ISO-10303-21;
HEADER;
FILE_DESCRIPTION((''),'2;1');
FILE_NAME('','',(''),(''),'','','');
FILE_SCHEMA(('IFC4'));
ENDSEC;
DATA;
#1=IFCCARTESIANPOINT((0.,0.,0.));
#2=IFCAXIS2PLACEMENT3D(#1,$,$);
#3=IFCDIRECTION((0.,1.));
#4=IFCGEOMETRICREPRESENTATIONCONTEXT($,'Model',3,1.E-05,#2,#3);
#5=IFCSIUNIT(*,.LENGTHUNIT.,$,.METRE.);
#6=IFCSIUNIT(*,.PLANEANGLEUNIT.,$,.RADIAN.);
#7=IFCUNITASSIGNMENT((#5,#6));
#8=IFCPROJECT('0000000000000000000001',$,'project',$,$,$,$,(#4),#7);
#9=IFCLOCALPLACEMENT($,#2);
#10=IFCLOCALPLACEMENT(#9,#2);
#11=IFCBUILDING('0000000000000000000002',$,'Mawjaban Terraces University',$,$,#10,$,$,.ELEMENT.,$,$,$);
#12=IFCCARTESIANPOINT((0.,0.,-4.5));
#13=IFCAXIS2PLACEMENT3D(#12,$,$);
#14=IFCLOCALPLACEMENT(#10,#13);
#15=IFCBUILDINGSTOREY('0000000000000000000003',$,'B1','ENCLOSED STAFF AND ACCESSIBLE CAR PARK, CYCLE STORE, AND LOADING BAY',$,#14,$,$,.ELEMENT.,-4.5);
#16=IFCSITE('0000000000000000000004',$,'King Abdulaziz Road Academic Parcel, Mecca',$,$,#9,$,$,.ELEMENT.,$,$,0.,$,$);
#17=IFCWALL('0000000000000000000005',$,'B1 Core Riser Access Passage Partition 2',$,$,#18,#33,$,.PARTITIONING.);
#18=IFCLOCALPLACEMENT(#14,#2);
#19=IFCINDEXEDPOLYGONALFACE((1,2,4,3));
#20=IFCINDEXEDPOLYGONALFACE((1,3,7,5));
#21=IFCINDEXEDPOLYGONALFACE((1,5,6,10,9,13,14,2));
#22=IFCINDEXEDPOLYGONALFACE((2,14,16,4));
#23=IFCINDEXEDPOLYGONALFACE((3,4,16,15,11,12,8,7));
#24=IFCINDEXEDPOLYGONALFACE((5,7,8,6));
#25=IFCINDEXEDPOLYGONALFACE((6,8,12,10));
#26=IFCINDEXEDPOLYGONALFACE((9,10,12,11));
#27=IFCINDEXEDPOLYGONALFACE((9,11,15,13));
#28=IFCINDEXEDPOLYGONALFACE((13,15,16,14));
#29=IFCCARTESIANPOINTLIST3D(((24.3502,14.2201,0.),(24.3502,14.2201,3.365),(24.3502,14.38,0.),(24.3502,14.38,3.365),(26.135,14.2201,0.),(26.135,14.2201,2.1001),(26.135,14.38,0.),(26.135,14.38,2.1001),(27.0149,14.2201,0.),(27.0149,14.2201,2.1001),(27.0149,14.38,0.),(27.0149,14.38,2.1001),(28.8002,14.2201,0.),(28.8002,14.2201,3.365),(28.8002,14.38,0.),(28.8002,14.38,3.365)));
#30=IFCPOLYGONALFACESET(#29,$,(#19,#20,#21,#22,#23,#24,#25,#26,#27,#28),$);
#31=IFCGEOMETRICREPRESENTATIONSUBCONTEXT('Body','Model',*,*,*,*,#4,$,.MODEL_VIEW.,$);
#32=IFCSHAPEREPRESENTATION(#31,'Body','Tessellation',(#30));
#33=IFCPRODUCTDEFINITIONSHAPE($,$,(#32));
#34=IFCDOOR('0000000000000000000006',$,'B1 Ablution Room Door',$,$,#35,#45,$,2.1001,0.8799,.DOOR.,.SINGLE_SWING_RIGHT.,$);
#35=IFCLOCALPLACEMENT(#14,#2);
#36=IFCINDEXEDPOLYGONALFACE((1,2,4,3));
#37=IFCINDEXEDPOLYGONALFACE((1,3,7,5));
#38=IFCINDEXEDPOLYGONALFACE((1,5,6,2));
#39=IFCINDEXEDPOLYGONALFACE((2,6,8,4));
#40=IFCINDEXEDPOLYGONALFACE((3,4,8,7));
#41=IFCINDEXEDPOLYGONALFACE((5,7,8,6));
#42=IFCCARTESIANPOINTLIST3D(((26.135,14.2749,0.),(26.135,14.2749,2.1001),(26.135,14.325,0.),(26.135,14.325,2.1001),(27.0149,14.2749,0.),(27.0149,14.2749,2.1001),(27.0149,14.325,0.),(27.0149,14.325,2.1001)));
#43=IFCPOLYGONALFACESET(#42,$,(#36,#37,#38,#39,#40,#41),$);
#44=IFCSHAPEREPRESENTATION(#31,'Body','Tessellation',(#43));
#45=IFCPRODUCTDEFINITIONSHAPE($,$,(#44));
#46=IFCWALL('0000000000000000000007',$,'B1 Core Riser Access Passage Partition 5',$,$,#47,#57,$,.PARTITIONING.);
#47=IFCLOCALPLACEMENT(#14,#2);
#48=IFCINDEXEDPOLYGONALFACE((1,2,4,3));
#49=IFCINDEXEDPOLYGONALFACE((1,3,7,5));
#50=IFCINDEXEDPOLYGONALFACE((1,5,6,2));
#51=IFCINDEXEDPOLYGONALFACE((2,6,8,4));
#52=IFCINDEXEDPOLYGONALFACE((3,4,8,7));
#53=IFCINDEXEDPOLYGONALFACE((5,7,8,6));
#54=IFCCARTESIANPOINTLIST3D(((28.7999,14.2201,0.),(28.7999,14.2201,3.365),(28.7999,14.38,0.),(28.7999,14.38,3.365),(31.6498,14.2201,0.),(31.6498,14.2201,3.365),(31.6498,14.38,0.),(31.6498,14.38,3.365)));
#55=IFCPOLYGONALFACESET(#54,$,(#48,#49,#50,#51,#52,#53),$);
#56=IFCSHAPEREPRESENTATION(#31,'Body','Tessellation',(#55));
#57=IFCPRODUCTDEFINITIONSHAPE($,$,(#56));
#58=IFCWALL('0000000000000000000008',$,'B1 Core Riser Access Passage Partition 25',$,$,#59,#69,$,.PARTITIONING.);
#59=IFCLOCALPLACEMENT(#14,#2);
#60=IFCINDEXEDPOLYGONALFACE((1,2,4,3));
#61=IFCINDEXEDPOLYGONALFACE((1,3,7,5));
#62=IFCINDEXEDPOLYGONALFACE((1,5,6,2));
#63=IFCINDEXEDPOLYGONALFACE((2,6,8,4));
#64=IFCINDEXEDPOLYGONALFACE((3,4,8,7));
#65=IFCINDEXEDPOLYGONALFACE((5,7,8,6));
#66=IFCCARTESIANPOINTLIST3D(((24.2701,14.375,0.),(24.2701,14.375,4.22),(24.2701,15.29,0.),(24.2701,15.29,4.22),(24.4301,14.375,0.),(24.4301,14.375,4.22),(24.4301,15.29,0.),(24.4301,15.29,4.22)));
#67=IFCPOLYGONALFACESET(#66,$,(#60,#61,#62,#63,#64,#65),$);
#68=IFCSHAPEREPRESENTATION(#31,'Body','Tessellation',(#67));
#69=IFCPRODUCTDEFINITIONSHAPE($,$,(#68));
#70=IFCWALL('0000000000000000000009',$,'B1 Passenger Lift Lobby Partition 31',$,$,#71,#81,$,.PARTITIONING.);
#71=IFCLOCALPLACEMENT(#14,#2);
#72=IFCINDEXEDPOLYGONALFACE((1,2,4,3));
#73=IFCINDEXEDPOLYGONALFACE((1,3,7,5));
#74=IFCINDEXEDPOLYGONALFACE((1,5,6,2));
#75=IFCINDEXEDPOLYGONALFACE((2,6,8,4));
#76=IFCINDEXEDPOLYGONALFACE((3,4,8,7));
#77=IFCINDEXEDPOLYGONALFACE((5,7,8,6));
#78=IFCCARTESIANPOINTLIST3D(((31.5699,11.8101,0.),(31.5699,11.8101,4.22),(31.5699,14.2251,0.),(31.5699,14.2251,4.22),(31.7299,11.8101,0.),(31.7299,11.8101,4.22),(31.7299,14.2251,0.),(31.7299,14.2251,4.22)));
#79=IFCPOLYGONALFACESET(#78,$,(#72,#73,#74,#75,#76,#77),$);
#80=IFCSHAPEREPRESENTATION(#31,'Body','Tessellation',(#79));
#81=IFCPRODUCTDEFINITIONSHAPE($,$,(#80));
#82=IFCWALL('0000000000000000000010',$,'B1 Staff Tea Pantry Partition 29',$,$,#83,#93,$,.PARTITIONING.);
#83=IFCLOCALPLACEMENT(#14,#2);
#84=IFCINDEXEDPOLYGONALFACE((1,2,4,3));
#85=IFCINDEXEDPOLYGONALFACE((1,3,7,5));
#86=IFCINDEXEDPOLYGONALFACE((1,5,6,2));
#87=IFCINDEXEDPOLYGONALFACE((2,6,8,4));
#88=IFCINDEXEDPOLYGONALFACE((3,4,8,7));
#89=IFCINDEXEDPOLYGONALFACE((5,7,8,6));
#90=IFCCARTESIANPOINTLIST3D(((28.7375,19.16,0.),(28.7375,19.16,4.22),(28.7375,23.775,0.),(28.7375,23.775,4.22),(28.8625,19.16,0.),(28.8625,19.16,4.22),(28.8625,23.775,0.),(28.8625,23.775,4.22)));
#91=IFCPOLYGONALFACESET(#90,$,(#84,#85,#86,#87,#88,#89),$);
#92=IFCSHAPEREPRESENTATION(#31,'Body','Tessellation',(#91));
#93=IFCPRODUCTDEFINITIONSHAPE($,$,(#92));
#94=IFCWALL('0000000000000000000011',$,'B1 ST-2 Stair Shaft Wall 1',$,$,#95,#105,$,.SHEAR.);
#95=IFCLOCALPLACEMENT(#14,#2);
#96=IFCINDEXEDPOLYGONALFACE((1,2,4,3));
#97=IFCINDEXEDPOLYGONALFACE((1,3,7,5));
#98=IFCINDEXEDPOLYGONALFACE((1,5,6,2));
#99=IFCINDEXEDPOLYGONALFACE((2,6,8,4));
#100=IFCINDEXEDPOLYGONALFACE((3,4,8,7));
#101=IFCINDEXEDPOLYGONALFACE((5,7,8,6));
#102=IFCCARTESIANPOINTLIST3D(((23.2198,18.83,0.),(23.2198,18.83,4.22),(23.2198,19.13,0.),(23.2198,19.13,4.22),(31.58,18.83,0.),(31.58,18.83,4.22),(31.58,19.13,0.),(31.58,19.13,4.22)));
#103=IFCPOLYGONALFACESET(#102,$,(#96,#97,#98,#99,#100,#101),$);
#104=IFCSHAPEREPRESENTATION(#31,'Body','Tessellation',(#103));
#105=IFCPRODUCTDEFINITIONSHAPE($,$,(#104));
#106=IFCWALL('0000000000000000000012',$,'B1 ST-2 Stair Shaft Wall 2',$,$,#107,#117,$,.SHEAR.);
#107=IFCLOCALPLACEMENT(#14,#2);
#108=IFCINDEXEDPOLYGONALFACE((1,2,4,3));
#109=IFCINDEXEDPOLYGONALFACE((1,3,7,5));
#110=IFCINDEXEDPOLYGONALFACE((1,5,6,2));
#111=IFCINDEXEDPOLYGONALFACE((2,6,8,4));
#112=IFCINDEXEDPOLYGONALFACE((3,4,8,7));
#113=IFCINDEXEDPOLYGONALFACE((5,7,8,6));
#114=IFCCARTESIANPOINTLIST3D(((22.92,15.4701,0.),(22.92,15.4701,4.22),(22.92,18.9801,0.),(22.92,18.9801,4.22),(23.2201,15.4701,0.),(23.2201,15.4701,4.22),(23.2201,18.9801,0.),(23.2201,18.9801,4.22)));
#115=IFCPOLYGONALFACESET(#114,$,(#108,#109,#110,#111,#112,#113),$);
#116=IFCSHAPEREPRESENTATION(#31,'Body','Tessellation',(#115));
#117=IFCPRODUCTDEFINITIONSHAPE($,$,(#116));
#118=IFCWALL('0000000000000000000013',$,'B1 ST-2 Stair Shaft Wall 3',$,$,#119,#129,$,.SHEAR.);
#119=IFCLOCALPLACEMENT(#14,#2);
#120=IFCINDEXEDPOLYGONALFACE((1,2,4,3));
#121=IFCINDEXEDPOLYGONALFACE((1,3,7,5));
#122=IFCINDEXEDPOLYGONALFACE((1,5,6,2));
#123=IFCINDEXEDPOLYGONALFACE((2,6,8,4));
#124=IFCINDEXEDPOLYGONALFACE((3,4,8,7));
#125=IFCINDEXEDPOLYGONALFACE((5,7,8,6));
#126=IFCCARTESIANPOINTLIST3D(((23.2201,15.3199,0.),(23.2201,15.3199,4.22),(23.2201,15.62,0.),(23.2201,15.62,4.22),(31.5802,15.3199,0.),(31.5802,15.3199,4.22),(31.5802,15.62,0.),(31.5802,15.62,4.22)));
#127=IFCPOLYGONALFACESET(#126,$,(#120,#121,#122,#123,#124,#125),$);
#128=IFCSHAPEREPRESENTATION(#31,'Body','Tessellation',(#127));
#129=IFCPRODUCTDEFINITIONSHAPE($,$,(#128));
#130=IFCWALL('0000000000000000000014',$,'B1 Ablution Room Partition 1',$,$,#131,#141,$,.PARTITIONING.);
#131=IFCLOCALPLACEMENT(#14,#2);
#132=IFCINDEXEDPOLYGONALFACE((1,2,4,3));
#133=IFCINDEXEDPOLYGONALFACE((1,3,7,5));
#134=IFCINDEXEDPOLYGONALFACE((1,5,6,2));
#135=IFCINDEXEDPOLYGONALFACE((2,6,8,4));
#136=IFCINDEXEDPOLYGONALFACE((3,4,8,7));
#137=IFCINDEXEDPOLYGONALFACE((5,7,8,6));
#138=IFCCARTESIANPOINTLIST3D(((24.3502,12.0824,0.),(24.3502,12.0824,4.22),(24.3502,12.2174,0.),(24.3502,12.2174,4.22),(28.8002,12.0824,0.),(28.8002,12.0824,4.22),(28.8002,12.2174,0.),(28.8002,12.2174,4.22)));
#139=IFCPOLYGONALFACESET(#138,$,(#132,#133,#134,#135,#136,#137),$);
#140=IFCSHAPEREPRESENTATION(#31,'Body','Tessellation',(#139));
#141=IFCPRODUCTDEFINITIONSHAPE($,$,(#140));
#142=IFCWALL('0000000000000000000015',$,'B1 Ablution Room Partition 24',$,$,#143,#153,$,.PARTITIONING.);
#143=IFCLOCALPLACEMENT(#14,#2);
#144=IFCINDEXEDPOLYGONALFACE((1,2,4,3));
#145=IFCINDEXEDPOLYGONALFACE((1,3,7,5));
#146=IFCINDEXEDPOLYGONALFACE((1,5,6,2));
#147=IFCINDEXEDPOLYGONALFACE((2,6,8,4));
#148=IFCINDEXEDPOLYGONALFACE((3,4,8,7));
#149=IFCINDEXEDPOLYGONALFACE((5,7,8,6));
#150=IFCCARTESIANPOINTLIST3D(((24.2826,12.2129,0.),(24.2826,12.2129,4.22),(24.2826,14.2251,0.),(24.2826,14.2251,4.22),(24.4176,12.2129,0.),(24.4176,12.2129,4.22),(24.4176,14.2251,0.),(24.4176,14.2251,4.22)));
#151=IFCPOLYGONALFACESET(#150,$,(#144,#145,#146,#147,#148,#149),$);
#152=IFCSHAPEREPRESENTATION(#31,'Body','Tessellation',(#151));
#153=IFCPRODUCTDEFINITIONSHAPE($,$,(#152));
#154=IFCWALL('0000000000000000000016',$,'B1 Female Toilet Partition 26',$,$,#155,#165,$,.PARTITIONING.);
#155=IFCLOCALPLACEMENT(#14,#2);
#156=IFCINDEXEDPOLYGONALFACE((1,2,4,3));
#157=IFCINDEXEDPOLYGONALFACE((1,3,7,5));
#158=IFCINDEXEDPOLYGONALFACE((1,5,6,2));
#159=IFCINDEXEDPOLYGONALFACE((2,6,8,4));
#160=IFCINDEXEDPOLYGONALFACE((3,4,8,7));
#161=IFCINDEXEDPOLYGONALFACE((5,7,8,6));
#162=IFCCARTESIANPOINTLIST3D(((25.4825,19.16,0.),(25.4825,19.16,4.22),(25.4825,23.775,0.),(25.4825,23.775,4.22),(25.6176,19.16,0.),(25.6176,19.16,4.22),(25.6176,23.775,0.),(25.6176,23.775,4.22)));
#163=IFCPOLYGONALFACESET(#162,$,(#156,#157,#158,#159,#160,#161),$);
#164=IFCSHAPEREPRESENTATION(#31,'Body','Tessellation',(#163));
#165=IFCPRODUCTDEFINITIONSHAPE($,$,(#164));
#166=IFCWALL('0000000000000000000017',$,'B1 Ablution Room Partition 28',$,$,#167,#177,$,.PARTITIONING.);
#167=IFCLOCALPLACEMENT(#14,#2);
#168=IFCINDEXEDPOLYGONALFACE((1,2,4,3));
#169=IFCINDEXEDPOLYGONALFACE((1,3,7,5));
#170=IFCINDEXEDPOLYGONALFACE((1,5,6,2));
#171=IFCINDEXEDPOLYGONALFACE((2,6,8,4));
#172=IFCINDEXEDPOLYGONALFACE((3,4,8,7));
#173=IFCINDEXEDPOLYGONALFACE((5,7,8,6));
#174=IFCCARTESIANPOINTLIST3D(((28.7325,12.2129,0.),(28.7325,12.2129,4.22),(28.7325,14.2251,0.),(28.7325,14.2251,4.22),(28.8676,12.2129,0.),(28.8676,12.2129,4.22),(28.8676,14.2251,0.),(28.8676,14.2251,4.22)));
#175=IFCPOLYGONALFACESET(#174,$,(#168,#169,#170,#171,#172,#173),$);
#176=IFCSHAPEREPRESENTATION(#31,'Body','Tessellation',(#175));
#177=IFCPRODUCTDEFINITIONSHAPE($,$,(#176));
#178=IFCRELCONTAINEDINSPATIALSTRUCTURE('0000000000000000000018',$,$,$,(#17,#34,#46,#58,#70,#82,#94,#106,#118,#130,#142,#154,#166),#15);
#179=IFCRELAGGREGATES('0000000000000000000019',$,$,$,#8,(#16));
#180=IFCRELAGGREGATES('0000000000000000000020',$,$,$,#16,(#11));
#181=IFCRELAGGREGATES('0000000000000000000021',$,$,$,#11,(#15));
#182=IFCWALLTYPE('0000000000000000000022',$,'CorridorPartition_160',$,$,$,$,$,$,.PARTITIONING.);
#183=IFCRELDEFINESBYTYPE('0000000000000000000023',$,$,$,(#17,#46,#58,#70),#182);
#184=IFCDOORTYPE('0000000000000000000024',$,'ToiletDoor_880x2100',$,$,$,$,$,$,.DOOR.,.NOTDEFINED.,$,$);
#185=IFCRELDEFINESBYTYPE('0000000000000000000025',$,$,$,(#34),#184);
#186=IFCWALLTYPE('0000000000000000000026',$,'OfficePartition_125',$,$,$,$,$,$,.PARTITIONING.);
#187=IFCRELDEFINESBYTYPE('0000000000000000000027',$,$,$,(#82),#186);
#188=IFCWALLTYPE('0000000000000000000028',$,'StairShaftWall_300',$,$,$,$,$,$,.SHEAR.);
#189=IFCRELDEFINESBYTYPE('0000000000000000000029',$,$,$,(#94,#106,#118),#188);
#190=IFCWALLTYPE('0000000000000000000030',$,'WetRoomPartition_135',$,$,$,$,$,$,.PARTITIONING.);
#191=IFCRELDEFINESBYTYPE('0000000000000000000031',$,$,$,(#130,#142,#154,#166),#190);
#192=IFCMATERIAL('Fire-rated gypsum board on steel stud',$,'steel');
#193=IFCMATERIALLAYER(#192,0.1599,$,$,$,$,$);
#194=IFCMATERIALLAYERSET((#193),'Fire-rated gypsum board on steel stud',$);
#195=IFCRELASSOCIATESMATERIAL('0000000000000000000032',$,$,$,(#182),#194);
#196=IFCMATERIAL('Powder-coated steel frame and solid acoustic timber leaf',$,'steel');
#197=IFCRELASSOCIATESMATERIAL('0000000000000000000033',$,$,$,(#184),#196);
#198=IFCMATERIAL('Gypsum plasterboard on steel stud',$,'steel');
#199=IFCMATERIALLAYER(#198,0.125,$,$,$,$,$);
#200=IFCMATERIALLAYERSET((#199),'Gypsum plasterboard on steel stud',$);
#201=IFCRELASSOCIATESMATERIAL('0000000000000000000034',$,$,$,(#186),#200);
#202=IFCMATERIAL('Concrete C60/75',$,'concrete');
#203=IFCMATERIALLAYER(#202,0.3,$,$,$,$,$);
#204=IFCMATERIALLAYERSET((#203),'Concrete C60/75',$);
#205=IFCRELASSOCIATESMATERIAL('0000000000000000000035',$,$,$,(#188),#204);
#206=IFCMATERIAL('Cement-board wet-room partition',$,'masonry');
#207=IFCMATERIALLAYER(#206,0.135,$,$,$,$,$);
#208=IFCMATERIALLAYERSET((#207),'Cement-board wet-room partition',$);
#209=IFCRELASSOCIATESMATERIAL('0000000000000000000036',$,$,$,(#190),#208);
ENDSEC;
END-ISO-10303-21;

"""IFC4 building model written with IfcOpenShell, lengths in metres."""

from ifc_helpers import new_model, si_unit, direction, frame, frame_2d, origin, place, context, subcontext, project, spatial, rectangle, extrude, material, layer, layer_set, type_object, element, fill, save


model = new_model("IFC4")

# Units and contexts
model_context = context("Model", 3, precision=1e-05, world=origin(), true_north=direction((0.0, 1.0)))
body_context = subcontext(model_context, "Body", "Model", "MODEL_VIEW")
ifc_project = project(units=[si_unit("LENGTHUNIT", "METRE"), si_unit("PLANEANGLEUNIT", "RADIAN")], contexts=[model_context])

# Site, building, storey
site_placement = place(None, origin())
site = spatial("IfcSite", under=ifc_project, at=site_placement, Name="King Abdulaziz Road Academic Parcel, Mecca", CompositionType="ELEMENT", RefElevation=0.0)
building_placement = place(site_placement, origin())
building = spatial("IfcBuilding", under=site, at=building_placement, Name="Mawjaban Terraces University", CompositionType="ELEMENT")
storey_placement = place(building_placement, frame((0.0, 0.0, -4.5)))
storey = spatial("IfcBuildingStorey", under=building, at=storey_placement, Name="B1", Description="ENCLOSED STAFF AND ACCESSIBLE CAR PARK, CYCLE STORE, AND LOADING BAY", CompositionType="ELEMENT", Elevation=-4.5)

# Wall, opening, door
ifc_material_1 = material(Name="Fire-rated gypsum board on steel stud", Category="steel")
ifc_layer_1 = layer(ifc_material_1, 0.1599)
ifc_layer_set_1 = layer_set([ifc_layer_1], Name="Fire-rated gypsum board on steel stud")
wall_type_1 = type_object("IfcWallType", Name="CorridorPartition_160", PredefinedType="PARTITIONING", material=ifc_layer_set_1)
wall_1_placement = place(storey_placement, frame((24.3501, 14.3, 0.0), z_axis=(0.0, 0.0, 1.0), x_axis=(1.0, 0.0, 0.0)))
wall_1 = element("IfcWall", 1, at=wall_1_placement, inside=storey, type_object=wall_type_1, Name="B1 Core Riser Access Passage Partition 2", PredefinedType="PARTITIONING", context=body_context, shape_type="SweptSolid", body=[
    extrude(rectangle(XDim=4.45, YDim=0.1599, at=frame_2d((2.2251, 0.0))), origin(), (0.0, 0.0, 1.0), 3.365),
])
opening_1_placement = place(wall_1_placement, frame((1.7849, 0.0, 0.0)))
opening_1 = element("IfcOpeningElement", 2, at=opening_1_placement, cuts=wall_1, PredefinedType="OPENING", context=body_context, shape_type="SweptSolid", body=[
    extrude(rectangle(XDim=0.8799, YDim=2.1001, at=frame_2d((0.4399, 1.05))), frame((0.0, 0.0898, 0.0), z_axis=(0.0, -1.0, 0.0), x_axis=(1.0, 0.0, 0.0)), (0.0, 0.0, 1.0), 0.1799),
])
ifc_material_2 = material(Name="Powder-coated steel frame and solid acoustic timber leaf", Category="steel")
door_type_1 = type_object("IfcDoorType", Name="ToiletDoor_880x2100", OperationType="NOTDEFINED", PredefinedType="DOOR", material=ifc_material_2)
door_1_placement = place(opening_1_placement, origin())
door_1 = element("IfcDoor", 3, at=door_1_placement, inside=storey, type_object=door_type_1, Name="B1 Ablution Room Door", OperationType="SINGLE_SWING_RIGHT", OverallHeight=2.1001, OverallWidth=0.8799, PredefinedType="DOOR", context=body_context, shape_type="SweptSolid", body=[
    extrude(rectangle(XDim=0.8799, YDim=2.1001, at=frame_2d((0.4399, 1.05))), frame((0.0, 0.0249, 0.0), z_axis=(0.0, -1.0, 0.0), x_axis=(1.0, 0.0, 0.0)), (0.0, 0.0, 1.0), 0.05),
])
fill(opening_1, door_1)

# Walls
wall_2_placement = place(storey_placement, frame((28.8, 14.3, 0.0), z_axis=(0.0, 0.0, 1.0), x_axis=(1.0, 0.0, 0.0)))
element("IfcWall", 4, at=wall_2_placement, inside=storey, type_object=wall_type_1, Name="B1 Core Riser Access Passage Partition 5", PredefinedType="PARTITIONING", context=body_context, shape_type="SweptSolid", body=[
    extrude(rectangle(XDim=2.8499, YDim=0.1599, at=frame_2d((1.4248, 0.0))), origin(), (0.0, 0.0, 1.0), 3.365),
])
wall_3_placement = place(storey_placement, frame((24.3501, 15.29, 0.0), z_axis=(0.0, 0.0, 1.0), x_axis=(0.0, -1.0, 0.0)))
element("IfcWall", 5, at=wall_3_placement, inside=storey, type_object=wall_type_1, Name="B1 Core Riser Access Passage Partition 25", PredefinedType="PARTITIONING", context=body_context, shape_type="SweptSolid", body=[
    extrude(rectangle(XDim=0.915, YDim=0.1599, at=frame_2d((0.4575, 0.0))), origin(), (0.0, 0.0, 1.0), 4.22),
])
wall_4_placement = place(storey_placement, frame((31.6499, 14.2251, 0.0), z_axis=(0.0, 0.0, 1.0), x_axis=(0.0, -1.0, 0.0)))
element("IfcWall", 6, at=wall_4_placement, inside=storey, type_object=wall_type_1, Name="B1 Passenger Lift Lobby Partition 31", PredefinedType="PARTITIONING", context=body_context, shape_type="SweptSolid", body=[
    extrude(rectangle(XDim=2.415, YDim=0.1599, at=frame_2d((1.2075, 0.0))), origin(), (0.0, 0.0, 1.0), 4.22),
])
ifc_material_3 = material(Name="Gypsum plasterboard on steel stud", Category="steel")
ifc_layer_2 = layer(ifc_material_3, 0.125)
ifc_layer_set_2 = layer_set([ifc_layer_2], Name="Gypsum plasterboard on steel stud")
wall_type_2 = type_object("IfcWallType", Name="OfficePartition_125", PredefinedType="PARTITIONING", material=ifc_layer_set_2)
wall_5_placement = place(storey_placement, frame((28.8, 19.1599, 0.0), z_axis=(0.0, 0.0, 1.0), x_axis=(0.0, 1.0, 0.0)))
element("IfcWall", 7, at=wall_5_placement, inside=storey, type_object=wall_type_2, Name="B1 Staff Tea Pantry Partition 29", PredefinedType="PARTITIONING", context=body_context, shape_type="SweptSolid", body=[
    extrude(rectangle(XDim=4.615, YDim=0.125, at=frame_2d((2.3076, 0.0))), origin(), (0.0, 0.0, 1.0), 4.22),
])
ifc_material_4 = material(Name="Concrete C60/75", Category="concrete")
ifc_layer_3 = layer(ifc_material_4, 0.3)
ifc_layer_set_3 = layer_set([ifc_layer_3], Name="Concrete C60/75")
wall_type_3 = type_object("IfcWallType", Name="StairShaftWall_300", PredefinedType="SHEAR", material=ifc_layer_set_3)
wall_6_placement = place(storey_placement, frame((31.5801, 18.98, 0.0), z_axis=(0.0, 0.0, 1.0), x_axis=(-1.0, 0.0, 0.0)))
element("IfcWall", 8, at=wall_6_placement, inside=storey, type_object=wall_type_3, Name="B1 ST-2 Stair Shaft Wall 1", PredefinedType="SHEAR", context=body_context, shape_type="SweptSolid", body=[
    extrude(rectangle(XDim=8.3601, YDim=0.3, at=frame_2d((4.1802, 0.0))), origin(), (0.0, 0.0, 1.0), 4.22),
])
wall_7_placement = place(storey_placement, frame((23.0701, 18.98, 0.0), z_axis=(0.0, 0.0, 1.0), x_axis=(0.0, -1.0, 0.0)))
element("IfcWall", 9, at=wall_7_placement, inside=storey, type_object=wall_type_3, Name="B1 ST-2 Stair Shaft Wall 2", PredefinedType="SHEAR", context=body_context, shape_type="SweptSolid", body=[
    extrude(rectangle(XDim=3.51, YDim=0.3, at=frame_2d((1.7549, 0.0))), origin(), (0.0, 0.0, 1.0), 4.22),
])
wall_8_placement = place(storey_placement, frame((23.22, 15.47, 0.0), z_axis=(0.0, 0.0, 1.0), x_axis=(1.0, 0.0, 0.0)))
element("IfcWall", 10, at=wall_8_placement, inside=storey, type_object=wall_type_3, Name="B1 ST-2 Stair Shaft Wall 3", PredefinedType="SHEAR", context=body_context, shape_type="SweptSolid", body=[
    extrude(rectangle(XDim=8.3601, YDim=0.3, at=frame_2d((4.1802, 0.0))), origin(), (0.0, 0.0, 1.0), 4.22),
])

# Walls
ifc_material_5 = material(Name="Cement-board wet-room partition", Category="masonry")
ifc_layer_4 = layer(ifc_material_5, 0.135)
ifc_layer_set_4 = layer_set([ifc_layer_4], Name="Cement-board wet-room partition")
wall_type_4 = type_object("IfcWallType", Name="WetRoomPartition_135", PredefinedType="PARTITIONING", material=ifc_layer_set_4)
wall_9_placement = place(storey_placement, frame((24.3501, 12.1499, 0.0), z_axis=(0.0, 0.0, 1.0), x_axis=(1.0, 0.0, 0.0)))
element("IfcWall", 11, at=wall_9_placement, inside=storey, type_object=wall_type_4, Name="B1 Ablution Room Partition 1", PredefinedType="PARTITIONING", context=body_context, shape_type="SweptSolid", body=[
    extrude(rectangle(XDim=4.45, YDim=0.135, at=frame_2d((2.2251, 0.0))), origin(), (0.0, 0.0, 1.0), 4.22),
])
wall_10_placement = place(storey_placement, frame((24.3501, 14.2251, 0.0), z_axis=(0.0, 0.0, 1.0), x_axis=(0.0, -1.0, 0.0)))
element("IfcWall", 12, at=wall_10_placement, inside=storey, type_object=wall_type_4, Name="B1 Ablution Room Partition 24", PredefinedType="PARTITIONING", context=body_context, shape_type="SweptSolid", body=[
    extrude(rectangle(XDim=2.0122, YDim=0.135, at=frame_2d((1.0061, 0.0))), origin(), (0.0, 0.0, 1.0), 4.22),
])
wall_11_placement = place(storey_placement, frame((25.55, 19.1599, 0.0), z_axis=(0.0, 0.0, 1.0), x_axis=(0.0, 1.0, 0.0)))
element("IfcWall", 13, at=wall_11_placement, inside=storey, type_object=wall_type_4, Name="B1 Female Toilet Partition 26", PredefinedType="PARTITIONING", context=body_context, shape_type="SweptSolid", body=[
    extrude(rectangle(XDim=4.615, YDim=0.135, at=frame_2d((2.3076, 0.0))), origin(), (0.0, 0.0, 1.0), 4.22),
])
wall_12_placement = place(storey_placement, frame((28.8, 12.2129, 0.0), z_axis=(0.0, 0.0, 1.0), x_axis=(0.0, 1.0, 0.0)))
element("IfcWall", 14, at=wall_12_placement, inside=storey, type_object=wall_type_4, Name="B1 Ablution Room Partition 28", PredefinedType="PARTITIONING", context=body_context, shape_type="SweptSolid", body=[
    extrude(rectangle(XDim=2.0122, YDim=0.135, at=frame_2d((1.0061, 0.0))), origin(), (0.0, 0.0, 1.0), 4.22),
])

save(model, "model.ifc")
